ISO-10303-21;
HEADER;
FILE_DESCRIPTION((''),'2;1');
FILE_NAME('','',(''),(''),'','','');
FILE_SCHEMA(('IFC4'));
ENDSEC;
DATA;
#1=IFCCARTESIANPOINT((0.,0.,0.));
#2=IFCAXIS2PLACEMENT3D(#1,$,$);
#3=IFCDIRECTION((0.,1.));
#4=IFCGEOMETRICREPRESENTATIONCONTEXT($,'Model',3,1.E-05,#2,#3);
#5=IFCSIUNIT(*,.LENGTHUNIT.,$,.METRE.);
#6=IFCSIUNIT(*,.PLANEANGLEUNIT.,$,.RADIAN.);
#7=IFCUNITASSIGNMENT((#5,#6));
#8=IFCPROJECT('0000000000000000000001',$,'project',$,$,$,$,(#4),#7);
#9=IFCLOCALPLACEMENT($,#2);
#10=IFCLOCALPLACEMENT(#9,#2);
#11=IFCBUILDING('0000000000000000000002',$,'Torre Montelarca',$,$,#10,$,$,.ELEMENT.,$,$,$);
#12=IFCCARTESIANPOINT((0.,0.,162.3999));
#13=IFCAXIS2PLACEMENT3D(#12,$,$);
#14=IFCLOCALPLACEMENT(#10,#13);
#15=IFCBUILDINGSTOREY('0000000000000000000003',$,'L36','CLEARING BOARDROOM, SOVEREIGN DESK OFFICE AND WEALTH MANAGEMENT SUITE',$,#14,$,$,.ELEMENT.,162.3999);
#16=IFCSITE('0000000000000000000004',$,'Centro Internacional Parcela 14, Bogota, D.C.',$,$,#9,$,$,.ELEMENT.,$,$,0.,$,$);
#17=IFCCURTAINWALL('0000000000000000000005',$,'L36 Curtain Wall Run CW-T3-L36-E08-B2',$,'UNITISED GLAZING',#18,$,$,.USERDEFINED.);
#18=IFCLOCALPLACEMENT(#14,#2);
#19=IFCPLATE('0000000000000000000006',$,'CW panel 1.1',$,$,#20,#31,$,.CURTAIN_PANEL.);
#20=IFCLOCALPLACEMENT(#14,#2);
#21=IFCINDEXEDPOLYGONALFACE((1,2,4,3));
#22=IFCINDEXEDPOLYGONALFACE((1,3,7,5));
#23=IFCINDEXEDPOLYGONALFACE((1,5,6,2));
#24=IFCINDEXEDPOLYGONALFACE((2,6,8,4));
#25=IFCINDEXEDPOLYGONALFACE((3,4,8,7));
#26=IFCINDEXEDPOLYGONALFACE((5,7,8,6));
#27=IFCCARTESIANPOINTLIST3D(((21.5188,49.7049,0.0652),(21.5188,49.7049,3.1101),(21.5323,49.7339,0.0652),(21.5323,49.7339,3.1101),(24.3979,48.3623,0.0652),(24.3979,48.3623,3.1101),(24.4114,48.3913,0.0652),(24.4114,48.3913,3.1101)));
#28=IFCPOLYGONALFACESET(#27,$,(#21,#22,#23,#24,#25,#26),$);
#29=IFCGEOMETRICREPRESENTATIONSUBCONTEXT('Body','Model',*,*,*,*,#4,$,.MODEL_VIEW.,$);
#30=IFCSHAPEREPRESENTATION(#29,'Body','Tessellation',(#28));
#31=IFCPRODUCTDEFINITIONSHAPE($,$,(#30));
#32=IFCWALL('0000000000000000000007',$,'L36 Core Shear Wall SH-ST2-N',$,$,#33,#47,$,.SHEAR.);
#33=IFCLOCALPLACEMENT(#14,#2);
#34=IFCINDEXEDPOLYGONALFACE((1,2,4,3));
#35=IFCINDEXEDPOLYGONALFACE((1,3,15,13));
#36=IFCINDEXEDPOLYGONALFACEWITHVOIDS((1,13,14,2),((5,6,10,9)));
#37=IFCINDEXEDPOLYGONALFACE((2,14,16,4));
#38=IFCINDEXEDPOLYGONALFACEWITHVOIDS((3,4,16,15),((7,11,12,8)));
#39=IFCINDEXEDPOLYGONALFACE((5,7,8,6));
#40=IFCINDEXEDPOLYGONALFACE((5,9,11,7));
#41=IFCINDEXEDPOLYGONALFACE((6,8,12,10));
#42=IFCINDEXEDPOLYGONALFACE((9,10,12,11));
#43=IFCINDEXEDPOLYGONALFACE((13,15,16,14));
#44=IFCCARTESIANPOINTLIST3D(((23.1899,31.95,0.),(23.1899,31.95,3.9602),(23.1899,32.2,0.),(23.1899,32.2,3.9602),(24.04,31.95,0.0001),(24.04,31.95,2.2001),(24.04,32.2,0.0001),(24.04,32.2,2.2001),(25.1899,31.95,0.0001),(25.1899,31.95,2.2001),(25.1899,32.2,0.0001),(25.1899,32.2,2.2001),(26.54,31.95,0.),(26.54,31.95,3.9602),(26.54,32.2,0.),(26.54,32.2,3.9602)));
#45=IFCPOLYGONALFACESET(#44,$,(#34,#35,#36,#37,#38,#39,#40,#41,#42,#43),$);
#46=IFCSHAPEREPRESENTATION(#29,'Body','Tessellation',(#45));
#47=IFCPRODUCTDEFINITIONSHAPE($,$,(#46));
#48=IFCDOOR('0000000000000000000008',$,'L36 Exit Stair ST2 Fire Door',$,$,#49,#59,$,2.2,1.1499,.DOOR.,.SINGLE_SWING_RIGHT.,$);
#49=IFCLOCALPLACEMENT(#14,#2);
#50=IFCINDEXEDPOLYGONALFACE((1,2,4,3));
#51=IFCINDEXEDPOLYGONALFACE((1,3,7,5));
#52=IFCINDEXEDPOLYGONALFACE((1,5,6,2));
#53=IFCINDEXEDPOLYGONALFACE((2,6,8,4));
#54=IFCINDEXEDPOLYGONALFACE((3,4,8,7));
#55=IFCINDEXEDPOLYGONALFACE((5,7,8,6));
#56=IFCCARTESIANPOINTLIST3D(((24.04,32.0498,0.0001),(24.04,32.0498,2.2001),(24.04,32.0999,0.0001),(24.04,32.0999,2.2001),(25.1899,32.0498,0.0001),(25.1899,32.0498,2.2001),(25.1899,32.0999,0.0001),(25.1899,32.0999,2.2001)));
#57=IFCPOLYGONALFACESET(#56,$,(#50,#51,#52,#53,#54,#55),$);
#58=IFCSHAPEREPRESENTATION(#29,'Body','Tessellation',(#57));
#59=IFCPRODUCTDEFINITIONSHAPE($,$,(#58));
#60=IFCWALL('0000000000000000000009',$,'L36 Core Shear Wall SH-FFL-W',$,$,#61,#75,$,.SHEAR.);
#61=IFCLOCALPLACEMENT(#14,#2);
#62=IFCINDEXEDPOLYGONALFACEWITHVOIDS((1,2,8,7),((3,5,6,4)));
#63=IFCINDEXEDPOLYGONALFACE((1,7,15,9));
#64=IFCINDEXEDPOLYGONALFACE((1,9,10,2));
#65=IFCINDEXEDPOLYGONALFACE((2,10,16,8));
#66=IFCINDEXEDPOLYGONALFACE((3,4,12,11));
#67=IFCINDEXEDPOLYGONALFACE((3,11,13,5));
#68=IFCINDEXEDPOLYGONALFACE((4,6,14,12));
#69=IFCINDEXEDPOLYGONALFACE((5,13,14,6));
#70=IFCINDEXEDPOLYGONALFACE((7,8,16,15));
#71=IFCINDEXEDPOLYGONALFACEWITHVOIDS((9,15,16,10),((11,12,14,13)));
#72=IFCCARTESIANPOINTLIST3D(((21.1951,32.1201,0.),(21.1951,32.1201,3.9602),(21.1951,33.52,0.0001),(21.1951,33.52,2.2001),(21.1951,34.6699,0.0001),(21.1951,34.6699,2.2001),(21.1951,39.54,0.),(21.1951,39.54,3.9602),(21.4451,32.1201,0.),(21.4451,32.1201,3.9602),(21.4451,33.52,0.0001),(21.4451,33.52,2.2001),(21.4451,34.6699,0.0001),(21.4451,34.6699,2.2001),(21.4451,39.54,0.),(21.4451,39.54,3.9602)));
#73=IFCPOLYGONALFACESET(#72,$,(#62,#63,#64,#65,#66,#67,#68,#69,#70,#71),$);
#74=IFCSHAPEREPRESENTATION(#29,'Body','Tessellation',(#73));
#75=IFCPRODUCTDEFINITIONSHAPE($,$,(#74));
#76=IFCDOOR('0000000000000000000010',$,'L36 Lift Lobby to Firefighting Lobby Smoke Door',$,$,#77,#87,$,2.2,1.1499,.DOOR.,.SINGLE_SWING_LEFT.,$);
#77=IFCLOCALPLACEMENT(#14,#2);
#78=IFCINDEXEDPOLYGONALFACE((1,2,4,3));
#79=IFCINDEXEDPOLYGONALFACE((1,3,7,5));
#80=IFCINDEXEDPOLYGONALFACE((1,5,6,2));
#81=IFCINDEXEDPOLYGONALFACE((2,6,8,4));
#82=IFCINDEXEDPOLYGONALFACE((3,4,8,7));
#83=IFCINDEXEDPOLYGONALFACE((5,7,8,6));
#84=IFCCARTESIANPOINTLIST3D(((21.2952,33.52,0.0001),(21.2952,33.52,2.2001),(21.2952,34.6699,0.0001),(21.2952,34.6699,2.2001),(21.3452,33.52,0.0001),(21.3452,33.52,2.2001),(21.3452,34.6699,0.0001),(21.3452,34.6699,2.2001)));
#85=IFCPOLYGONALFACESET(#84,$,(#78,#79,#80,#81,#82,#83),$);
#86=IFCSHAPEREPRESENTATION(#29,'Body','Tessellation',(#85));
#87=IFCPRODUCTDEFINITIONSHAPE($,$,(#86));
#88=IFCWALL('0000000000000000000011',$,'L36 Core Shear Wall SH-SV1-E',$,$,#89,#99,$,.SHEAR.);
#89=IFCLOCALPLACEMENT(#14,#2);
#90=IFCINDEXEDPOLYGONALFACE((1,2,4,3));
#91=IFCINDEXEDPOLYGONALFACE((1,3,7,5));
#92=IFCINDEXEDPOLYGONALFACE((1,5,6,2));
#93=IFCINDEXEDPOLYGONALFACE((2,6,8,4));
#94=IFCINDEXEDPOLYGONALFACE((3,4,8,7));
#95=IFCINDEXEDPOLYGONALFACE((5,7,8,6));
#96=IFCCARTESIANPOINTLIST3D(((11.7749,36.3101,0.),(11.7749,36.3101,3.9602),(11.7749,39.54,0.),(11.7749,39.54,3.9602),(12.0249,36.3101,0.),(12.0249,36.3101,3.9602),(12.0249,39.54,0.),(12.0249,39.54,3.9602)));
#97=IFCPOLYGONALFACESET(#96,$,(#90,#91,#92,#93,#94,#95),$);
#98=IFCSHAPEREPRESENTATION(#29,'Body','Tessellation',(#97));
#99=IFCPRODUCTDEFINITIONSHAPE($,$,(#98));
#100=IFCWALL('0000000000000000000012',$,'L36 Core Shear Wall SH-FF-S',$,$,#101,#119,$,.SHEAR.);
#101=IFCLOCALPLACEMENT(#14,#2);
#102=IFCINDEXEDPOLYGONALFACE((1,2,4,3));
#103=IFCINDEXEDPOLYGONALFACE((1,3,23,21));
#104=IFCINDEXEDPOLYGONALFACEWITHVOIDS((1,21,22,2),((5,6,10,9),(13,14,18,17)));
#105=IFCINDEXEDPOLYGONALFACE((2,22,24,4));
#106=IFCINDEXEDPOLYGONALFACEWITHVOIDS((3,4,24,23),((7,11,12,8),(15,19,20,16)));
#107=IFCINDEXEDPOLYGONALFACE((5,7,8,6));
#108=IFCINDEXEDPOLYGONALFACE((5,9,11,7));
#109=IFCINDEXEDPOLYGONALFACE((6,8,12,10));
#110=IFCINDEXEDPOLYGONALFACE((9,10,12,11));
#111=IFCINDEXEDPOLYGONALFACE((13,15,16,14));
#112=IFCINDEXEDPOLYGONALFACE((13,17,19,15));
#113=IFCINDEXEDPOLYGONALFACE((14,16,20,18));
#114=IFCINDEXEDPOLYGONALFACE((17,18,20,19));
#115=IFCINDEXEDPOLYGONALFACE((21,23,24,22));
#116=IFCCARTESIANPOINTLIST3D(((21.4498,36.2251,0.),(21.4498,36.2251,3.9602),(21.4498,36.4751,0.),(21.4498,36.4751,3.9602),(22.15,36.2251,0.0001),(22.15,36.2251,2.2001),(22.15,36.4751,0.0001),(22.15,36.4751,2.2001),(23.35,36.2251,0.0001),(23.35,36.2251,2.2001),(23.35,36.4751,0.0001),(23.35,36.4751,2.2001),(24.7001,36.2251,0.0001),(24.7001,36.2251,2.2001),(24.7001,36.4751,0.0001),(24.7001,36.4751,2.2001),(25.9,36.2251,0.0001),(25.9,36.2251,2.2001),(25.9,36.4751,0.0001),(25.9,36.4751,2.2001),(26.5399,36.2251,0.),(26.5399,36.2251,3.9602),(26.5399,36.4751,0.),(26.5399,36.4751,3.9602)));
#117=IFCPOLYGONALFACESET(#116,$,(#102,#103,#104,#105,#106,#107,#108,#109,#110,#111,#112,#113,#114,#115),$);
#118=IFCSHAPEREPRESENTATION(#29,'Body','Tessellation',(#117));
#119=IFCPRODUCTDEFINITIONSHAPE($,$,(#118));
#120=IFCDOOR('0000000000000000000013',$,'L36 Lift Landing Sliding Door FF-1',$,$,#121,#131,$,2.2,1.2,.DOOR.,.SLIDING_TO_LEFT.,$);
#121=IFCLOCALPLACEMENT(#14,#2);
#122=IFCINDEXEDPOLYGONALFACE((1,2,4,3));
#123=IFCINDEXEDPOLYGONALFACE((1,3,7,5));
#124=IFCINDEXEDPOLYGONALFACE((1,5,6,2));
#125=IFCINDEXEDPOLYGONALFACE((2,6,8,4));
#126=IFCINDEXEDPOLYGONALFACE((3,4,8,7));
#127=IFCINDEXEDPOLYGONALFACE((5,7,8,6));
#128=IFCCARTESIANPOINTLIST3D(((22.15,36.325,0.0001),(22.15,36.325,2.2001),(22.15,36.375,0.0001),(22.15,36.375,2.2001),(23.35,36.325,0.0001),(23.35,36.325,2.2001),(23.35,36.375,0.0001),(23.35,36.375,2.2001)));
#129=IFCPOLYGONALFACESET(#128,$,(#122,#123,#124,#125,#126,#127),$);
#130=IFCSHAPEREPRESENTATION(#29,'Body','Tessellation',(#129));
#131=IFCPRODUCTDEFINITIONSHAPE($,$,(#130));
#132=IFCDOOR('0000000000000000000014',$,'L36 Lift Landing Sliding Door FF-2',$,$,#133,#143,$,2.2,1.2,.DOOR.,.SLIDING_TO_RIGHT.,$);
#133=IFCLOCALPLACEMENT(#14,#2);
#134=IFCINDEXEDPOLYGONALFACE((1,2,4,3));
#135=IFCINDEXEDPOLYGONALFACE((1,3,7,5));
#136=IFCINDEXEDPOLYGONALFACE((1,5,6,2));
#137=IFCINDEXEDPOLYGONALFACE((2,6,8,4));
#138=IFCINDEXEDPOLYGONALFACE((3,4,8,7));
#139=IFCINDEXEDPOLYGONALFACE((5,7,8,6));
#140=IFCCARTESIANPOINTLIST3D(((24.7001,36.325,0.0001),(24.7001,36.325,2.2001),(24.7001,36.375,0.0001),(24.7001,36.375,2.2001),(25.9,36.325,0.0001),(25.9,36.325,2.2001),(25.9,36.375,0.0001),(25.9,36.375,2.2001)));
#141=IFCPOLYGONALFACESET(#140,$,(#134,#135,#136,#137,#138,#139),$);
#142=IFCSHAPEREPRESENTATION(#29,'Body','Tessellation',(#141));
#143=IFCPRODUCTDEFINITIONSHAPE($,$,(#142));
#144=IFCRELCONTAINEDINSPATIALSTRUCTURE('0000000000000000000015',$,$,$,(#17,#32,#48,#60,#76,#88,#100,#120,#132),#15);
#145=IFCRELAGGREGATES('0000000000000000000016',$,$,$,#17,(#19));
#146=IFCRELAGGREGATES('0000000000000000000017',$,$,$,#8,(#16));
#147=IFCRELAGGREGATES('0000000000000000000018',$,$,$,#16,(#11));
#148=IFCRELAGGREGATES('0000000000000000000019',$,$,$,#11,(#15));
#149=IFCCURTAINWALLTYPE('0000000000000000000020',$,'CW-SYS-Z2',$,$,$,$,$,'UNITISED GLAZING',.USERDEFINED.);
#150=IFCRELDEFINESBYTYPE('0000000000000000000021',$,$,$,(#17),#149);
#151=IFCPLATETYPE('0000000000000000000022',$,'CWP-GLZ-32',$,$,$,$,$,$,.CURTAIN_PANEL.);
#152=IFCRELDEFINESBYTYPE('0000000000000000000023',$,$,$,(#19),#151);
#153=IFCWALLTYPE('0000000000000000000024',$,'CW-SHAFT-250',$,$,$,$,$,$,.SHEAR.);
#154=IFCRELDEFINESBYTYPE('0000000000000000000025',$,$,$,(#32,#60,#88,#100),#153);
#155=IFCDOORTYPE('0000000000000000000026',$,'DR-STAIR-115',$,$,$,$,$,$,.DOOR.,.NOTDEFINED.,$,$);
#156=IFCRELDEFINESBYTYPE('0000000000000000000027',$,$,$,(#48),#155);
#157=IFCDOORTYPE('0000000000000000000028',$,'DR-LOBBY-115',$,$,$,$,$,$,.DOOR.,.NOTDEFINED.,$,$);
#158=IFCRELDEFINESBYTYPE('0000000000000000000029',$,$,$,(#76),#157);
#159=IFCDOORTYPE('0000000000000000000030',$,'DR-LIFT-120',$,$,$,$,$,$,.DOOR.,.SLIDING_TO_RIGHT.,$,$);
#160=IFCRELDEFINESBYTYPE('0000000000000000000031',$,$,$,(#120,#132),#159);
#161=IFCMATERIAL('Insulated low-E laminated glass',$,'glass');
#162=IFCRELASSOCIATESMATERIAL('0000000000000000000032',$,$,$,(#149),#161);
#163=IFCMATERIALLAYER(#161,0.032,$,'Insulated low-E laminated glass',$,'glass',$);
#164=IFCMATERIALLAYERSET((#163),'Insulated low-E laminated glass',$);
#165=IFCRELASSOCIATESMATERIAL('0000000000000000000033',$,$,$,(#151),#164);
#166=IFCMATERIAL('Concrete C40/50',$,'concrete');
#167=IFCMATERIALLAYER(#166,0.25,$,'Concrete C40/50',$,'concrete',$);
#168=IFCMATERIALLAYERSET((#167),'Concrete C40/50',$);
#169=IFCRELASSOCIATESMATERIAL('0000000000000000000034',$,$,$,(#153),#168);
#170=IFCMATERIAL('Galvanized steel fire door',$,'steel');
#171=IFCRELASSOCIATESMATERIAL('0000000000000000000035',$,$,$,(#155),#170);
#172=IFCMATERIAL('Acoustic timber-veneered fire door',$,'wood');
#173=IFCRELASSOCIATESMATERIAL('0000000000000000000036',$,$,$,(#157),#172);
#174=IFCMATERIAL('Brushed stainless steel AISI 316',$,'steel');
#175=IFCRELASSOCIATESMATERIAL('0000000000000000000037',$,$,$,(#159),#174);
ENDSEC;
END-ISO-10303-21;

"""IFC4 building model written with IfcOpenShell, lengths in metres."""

from ifc_helpers import new_model, si_unit, direction, frame, frame_2d, origin, origin_2d, place, context, subcontext, project, spatial, rectangle, extrude, source, transform, mapped, material, layer, layer_set, type_object, element, fill, aggregate, save


model = new_model("IFC4")

# Units and contexts
model_context = context("Model", 3, precision=1e-05, world=origin(), true_north=direction((0.0, 1.0)))
body_context = subcontext(model_context, "Body", "Model", "MODEL_VIEW")
ifc_project = project(units=[si_unit("LENGTHUNIT", "METRE"), si_unit("PLANEANGLEUNIT", "RADIAN")], contexts=[model_context])

# Site, building, storey
site_placement = place(None, origin())
site = spatial("IfcSite", under=ifc_project, at=site_placement, Name="Centro Internacional Parcela 14, Bogota, D.C.", CompositionType="ELEMENT", RefElevation=0.0)
building_placement = place(site_placement, origin())
building = spatial("IfcBuilding", under=site, at=building_placement, Name="Torre Montelarca", CompositionType="ELEMENT")
storey_placement = place(building_placement, frame((0.0, 0.0, 162.3999)))
storey = spatial("IfcBuildingStorey", under=building, at=storey_placement, Name="L36", Description="CLEARING BOARDROOM, SOVEREIGN DESK OFFICE AND WEALTH MANAGEMENT SUITE", CompositionType="ELEMENT", Elevation=162.3999)

# Curtain wall, plate
ifc_material_1 = material(Name="Insulated low-E laminated glass", Category="glass")
curtain_wall_type = type_object("IfcCurtainWallType", Name="CW-SYS-Z2", ElementType="UNITISED GLAZING", PredefinedType="USERDEFINED", material=ifc_material_1)
curtain_wall_placement = place(storey_placement, origin())
curtain_wall = element("IfcCurtainWall", 1, at=curtain_wall_placement, inside=storey, type_object=curtain_wall_type, Name="L36 Curtain Wall Run CW-T3-L36-E08-B2", ObjectType="UNITISED GLAZING", PredefinedType="USERDEFINED")
ifc_layer_1 = layer(ifc_material_1, 0.032, Name="Insulated low-E laminated glass", Category="glass")
ifc_layer_set_1 = layer_set([ifc_layer_1], Name="Insulated low-E laminated glass")
plate_type = type_object("IfcPlateType", Name="CWP-GLZ-32", PredefinedType="CURTAIN_PANEL", material=ifc_layer_set_1)
shared_shape_1 = source(origin(), body_context, "Body", "SweptSolid", [
    extrude(rectangle(XDim=3.1768, YDim=0.032, at=origin_2d()), origin(), (0.0, 0.0, 1.0), 3.0449),
])
plate_placement = place(storey_placement, frame((22.9651, 49.0481, 0.0652), z_axis=(0.0, 0.0, 1.0), x_axis=(-0.906304, 0.422626, 0.0)))
plate = element("IfcPlate", 2, at=plate_placement, type_object=plate_type, Name="CW panel 1.1", PredefinedType="CURTAIN_PANEL", context=body_context, shape_type="MappedRepresentation", body=[
    mapped(shared_shape_1, transform((0.0, 0.0, 0.0), scale=1.0)),
])
aggregate(curtain_wall, [plate])

# Walls, openings, doors
ifc_material_2 = material(Name="Concrete C40/50", Category="concrete")
ifc_layer_2 = layer(ifc_material_2, 0.25, Name="Concrete C40/50", Category="concrete")
ifc_layer_set_2 = layer_set([ifc_layer_2], Name="Concrete C40/50")
wall_type_1 = type_object("IfcWallType", Name="CW-SHAFT-250", PredefinedType="SHEAR", material=ifc_layer_set_2)
wall_1_placement = place(storey_placement, frame((23.1899, 32.075, 0.0), z_axis=(0.0, 0.0, 1.0), x_axis=(1.0, 0.0, 0.0)))
wall_1 = element("IfcWall", 3, at=wall_1_placement, inside=storey, type_object=wall_type_1, Name="L36 Core Shear Wall SH-ST2-N", PredefinedType="SHEAR", context=body_context, shape_type="SweptSolid", body=[
    extrude(rectangle(XDim=3.3501, YDim=0.25, at=frame_2d((1.675, 0.0))), origin(), (0.0, 0.0, 1.0), 3.9602),
])
opening_1_placement = place(wall_1_placement, frame((0.8501, 0.0, 0.0)))
opening_1 = element("IfcOpeningElement", 4, at=opening_1_placement, cuts=wall_1, PredefinedType="OPENING", context=body_context, shape_type="SweptSolid", body=[
    extrude(rectangle(XDim=1.1499, YDim=2.2, at=frame_2d((0.575, 1.1001))), frame((0.0, 0.135, 0.0), z_axis=(0.0, -1.0, 0.0), x_axis=(1.0, 0.0, 0.0)), (0.0, 0.0, 1.0), 0.27),
])
ifc_material_3 = material(Name="Galvanized steel fire door", Category="steel")
door_type_1 = type_object("IfcDoorType", Name="DR-STAIR-115", OperationType="NOTDEFINED", PredefinedType="DOOR", material=ifc_material_3)
shared_shape_2 = source(origin(), body_context, "Body", "SweptSolid", [
    extrude(rectangle(XDim=1.1499, YDim=2.2, at=frame_2d((0.575, 1.1001))), frame((0.0, 0.0249, 0.0), z_axis=(0.0, -1.0, 0.0), x_axis=(1.0, 0.0, 0.0)), (0.0, 0.0, 1.0), 0.05),
])
door_1_placement = place(opening_1_placement, origin())
door_1 = element("IfcDoor", 5, at=door_1_placement, inside=storey, type_object=door_type_1, Name="L36 Exit Stair ST2 Fire Door", OperationType="SINGLE_SWING_RIGHT", OverallHeight=2.2, OverallWidth=1.1499, PredefinedType="DOOR", context=body_context, shape_type="MappedRepresentation", body=[
    mapped(shared_shape_2, transform((0.0, 0.0, 0.0), scale=1.0)),
])
fill(opening_1, door_1)
wall_2_placement = place(storey_placement, frame((21.3201, 32.1201, 0.0), z_axis=(0.0, 0.0, 1.0), x_axis=(0.0, 1.0, 0.0)))
wall_2 = element("IfcWall", 6, at=wall_2_placement, inside=storey, type_object=wall_type_1, Name="L36 Core Shear Wall SH-FFL-W", PredefinedType="SHEAR", context=body_context, shape_type="SweptSolid", body=[
    extrude(rectangle(XDim=7.4199, YDim=0.25, at=frame_2d((3.71, 0.0))), origin(), (0.0, 0.0, 1.0), 3.9602),
])
opening_2_placement = place(wall_2_placement, frame((1.3999, 0.0, 0.0)))
opening_2 = element("IfcOpeningElement", 7, at=opening_2_placement, cuts=wall_2, PredefinedType="OPENING", context=body_context, shape_type="SweptSolid", body=[
    extrude(rectangle(XDim=1.1499, YDim=2.2, at=frame_2d((0.575, 1.1001))), frame((0.0, 0.135, 0.0), z_axis=(0.0, -1.0, 0.0), x_axis=(1.0, 0.0, 0.0)), (0.0, 0.0, 1.0), 0.27),
])
ifc_material_4 = material(Name="Acoustic timber-veneered fire door", Category="wood")
door_type_2 = type_object("IfcDoorType", Name="DR-LOBBY-115", OperationType="NOTDEFINED", PredefinedType="DOOR", material=ifc_material_4)
shared_shape_3 = source(origin(), body_context, "Body", "SweptSolid", [
    extrude(rectangle(XDim=1.1499, YDim=2.2, at=frame_2d((0.575, 1.1001))), frame((0.0, 0.0249, 0.0), z_axis=(0.0, -1.0, 0.0), x_axis=(1.0, 0.0, 0.0)), (0.0, 0.0, 1.0), 0.05),
])
door_2_placement = place(opening_2_placement, origin())
door_2 = element("IfcDoor", 8, at=door_2_placement, inside=storey, type_object=door_type_2, Name="L36 Lift Lobby to Firefighting Lobby Smoke Door", OperationType="SINGLE_SWING_LEFT", OverallHeight=2.2, OverallWidth=1.1499, PredefinedType="DOOR", context=body_context, shape_type="MappedRepresentation", body=[
    mapped(shared_shape_3, transform((0.0, 0.0, 0.0), scale=1.0)),
])
fill(opening_2, door_2)

# Wall
wall_3_placement = place(storey_placement, frame((11.8999, 36.3101, 0.0), z_axis=(0.0, 0.0, 1.0), x_axis=(0.0, 1.0, 0.0)))
element("IfcWall", 9, at=wall_3_placement, inside=storey, type_object=wall_type_1, Name="L36 Core Shear Wall SH-SV1-E", PredefinedType="SHEAR", context=body_context, shape_type="SweptSolid", body=[
    extrude(rectangle(XDim=3.23, YDim=0.25, at=frame_2d((1.615, 0.0))), origin(), (0.0, 0.0, 1.0), 3.9602),
])

# Wall, openings, doors
wall_4_placement = place(storey_placement, frame((21.45, 36.3501, 0.0), z_axis=(0.0, 0.0, 1.0), x_axis=(1.0, 0.0, 0.0)))
wall_4 = element("IfcWall", 10, at=wall_4_placement, inside=storey, type_object=wall_type_1, Name="L36 Core Shear Wall SH-FF-S", PredefinedType="SHEAR", context=body_context, shape_type="SweptSolid", body=[
    extrude(rectangle(XDim=5.0901, YDim=0.25, at=frame_2d((2.5449, 0.0))), origin(), (0.0, 0.0, 1.0), 3.9602),
])
opening_3_placement = place(wall_4_placement, frame((0.7, 0.0, 0.0)))
opening_3 = element("IfcOpeningElement", 11, at=opening_3_placement, cuts=wall_4, PredefinedType="OPENING", context=body_context, shape_type="SweptSolid", body=[
    extrude(rectangle(XDim=1.2, YDim=2.2, at=frame_2d((0.6001, 1.1001))), frame((0.0, 0.135, 0.0), z_axis=(0.0, -1.0, 0.0), x_axis=(1.0, 0.0, 0.0)), (0.0, 0.0, 1.0), 0.27),
])
opening_4_placement = place(wall_4_placement, frame((3.25, 0.0, 0.0)))
opening_4 = element("IfcOpeningElement", 12, at=opening_4_placement, cuts=wall_4, PredefinedType="OPENING", context=body_context, shape_type="SweptSolid", body=[
    extrude(rectangle(XDim=1.2, YDim=2.2, at=frame_2d((0.6001, 1.1001))), frame((0.0, 0.135, 0.0), z_axis=(0.0, -1.0, 0.0), x_axis=(1.0, 0.0, 0.0)), (0.0, 0.0, 1.0), 0.27),
])
ifc_material_5 = material(Name="Brushed stainless steel AISI 316", Category="steel")
door_type_3 = type_object("IfcDoorType", Name="DR-LIFT-120", OperationType="SLIDING_TO_RIGHT", PredefinedType="DOOR", material=ifc_material_5)
shared_shape_4 = source(origin(), body_context, "Body", "SweptSolid", [
    extrude(rectangle(XDim=1.2, YDim=2.2, at=frame_2d((0.6001, 1.1001))), frame((0.0, 0.0249, 0.0), z_axis=(0.0, -1.0, 0.0), x_axis=(1.0, 0.0, 0.0)), (0.0, 0.0, 1.0), 0.05),
])
door_3_placement = place(opening_3_placement, origin())
door_3 = element("IfcDoor", 13, at=door_3_placement, inside=storey, type_object=door_type_3, Name="L36 Lift Landing Sliding Door FF-1", OperationType="SLIDING_TO_LEFT", OverallHeight=2.2, OverallWidth=1.2, PredefinedType="DOOR", context=body_context, shape_type="MappedRepresentation", body=[
    mapped(shared_shape_4, transform((0.0, 0.0, 0.0), scale=1.0)),
])
fill(opening_3, door_3)
door_4_placement = place(opening_4_placement, origin())
door_4 = element("IfcDoor", 14, at=door_4_placement, inside=storey, type_object=door_type_3, Name="L36 Lift Landing Sliding Door FF-2", OperationType="SLIDING_TO_RIGHT", OverallHeight=2.2, OverallWidth=1.2, PredefinedType="DOOR", context=body_context, shape_type="MappedRepresentation", body=[
    mapped(shared_shape_4, transform((0.0, 0.0, 0.0), scale=1.0)),
])
fill(opening_4, door_4)

save(model, "model.ifc")
